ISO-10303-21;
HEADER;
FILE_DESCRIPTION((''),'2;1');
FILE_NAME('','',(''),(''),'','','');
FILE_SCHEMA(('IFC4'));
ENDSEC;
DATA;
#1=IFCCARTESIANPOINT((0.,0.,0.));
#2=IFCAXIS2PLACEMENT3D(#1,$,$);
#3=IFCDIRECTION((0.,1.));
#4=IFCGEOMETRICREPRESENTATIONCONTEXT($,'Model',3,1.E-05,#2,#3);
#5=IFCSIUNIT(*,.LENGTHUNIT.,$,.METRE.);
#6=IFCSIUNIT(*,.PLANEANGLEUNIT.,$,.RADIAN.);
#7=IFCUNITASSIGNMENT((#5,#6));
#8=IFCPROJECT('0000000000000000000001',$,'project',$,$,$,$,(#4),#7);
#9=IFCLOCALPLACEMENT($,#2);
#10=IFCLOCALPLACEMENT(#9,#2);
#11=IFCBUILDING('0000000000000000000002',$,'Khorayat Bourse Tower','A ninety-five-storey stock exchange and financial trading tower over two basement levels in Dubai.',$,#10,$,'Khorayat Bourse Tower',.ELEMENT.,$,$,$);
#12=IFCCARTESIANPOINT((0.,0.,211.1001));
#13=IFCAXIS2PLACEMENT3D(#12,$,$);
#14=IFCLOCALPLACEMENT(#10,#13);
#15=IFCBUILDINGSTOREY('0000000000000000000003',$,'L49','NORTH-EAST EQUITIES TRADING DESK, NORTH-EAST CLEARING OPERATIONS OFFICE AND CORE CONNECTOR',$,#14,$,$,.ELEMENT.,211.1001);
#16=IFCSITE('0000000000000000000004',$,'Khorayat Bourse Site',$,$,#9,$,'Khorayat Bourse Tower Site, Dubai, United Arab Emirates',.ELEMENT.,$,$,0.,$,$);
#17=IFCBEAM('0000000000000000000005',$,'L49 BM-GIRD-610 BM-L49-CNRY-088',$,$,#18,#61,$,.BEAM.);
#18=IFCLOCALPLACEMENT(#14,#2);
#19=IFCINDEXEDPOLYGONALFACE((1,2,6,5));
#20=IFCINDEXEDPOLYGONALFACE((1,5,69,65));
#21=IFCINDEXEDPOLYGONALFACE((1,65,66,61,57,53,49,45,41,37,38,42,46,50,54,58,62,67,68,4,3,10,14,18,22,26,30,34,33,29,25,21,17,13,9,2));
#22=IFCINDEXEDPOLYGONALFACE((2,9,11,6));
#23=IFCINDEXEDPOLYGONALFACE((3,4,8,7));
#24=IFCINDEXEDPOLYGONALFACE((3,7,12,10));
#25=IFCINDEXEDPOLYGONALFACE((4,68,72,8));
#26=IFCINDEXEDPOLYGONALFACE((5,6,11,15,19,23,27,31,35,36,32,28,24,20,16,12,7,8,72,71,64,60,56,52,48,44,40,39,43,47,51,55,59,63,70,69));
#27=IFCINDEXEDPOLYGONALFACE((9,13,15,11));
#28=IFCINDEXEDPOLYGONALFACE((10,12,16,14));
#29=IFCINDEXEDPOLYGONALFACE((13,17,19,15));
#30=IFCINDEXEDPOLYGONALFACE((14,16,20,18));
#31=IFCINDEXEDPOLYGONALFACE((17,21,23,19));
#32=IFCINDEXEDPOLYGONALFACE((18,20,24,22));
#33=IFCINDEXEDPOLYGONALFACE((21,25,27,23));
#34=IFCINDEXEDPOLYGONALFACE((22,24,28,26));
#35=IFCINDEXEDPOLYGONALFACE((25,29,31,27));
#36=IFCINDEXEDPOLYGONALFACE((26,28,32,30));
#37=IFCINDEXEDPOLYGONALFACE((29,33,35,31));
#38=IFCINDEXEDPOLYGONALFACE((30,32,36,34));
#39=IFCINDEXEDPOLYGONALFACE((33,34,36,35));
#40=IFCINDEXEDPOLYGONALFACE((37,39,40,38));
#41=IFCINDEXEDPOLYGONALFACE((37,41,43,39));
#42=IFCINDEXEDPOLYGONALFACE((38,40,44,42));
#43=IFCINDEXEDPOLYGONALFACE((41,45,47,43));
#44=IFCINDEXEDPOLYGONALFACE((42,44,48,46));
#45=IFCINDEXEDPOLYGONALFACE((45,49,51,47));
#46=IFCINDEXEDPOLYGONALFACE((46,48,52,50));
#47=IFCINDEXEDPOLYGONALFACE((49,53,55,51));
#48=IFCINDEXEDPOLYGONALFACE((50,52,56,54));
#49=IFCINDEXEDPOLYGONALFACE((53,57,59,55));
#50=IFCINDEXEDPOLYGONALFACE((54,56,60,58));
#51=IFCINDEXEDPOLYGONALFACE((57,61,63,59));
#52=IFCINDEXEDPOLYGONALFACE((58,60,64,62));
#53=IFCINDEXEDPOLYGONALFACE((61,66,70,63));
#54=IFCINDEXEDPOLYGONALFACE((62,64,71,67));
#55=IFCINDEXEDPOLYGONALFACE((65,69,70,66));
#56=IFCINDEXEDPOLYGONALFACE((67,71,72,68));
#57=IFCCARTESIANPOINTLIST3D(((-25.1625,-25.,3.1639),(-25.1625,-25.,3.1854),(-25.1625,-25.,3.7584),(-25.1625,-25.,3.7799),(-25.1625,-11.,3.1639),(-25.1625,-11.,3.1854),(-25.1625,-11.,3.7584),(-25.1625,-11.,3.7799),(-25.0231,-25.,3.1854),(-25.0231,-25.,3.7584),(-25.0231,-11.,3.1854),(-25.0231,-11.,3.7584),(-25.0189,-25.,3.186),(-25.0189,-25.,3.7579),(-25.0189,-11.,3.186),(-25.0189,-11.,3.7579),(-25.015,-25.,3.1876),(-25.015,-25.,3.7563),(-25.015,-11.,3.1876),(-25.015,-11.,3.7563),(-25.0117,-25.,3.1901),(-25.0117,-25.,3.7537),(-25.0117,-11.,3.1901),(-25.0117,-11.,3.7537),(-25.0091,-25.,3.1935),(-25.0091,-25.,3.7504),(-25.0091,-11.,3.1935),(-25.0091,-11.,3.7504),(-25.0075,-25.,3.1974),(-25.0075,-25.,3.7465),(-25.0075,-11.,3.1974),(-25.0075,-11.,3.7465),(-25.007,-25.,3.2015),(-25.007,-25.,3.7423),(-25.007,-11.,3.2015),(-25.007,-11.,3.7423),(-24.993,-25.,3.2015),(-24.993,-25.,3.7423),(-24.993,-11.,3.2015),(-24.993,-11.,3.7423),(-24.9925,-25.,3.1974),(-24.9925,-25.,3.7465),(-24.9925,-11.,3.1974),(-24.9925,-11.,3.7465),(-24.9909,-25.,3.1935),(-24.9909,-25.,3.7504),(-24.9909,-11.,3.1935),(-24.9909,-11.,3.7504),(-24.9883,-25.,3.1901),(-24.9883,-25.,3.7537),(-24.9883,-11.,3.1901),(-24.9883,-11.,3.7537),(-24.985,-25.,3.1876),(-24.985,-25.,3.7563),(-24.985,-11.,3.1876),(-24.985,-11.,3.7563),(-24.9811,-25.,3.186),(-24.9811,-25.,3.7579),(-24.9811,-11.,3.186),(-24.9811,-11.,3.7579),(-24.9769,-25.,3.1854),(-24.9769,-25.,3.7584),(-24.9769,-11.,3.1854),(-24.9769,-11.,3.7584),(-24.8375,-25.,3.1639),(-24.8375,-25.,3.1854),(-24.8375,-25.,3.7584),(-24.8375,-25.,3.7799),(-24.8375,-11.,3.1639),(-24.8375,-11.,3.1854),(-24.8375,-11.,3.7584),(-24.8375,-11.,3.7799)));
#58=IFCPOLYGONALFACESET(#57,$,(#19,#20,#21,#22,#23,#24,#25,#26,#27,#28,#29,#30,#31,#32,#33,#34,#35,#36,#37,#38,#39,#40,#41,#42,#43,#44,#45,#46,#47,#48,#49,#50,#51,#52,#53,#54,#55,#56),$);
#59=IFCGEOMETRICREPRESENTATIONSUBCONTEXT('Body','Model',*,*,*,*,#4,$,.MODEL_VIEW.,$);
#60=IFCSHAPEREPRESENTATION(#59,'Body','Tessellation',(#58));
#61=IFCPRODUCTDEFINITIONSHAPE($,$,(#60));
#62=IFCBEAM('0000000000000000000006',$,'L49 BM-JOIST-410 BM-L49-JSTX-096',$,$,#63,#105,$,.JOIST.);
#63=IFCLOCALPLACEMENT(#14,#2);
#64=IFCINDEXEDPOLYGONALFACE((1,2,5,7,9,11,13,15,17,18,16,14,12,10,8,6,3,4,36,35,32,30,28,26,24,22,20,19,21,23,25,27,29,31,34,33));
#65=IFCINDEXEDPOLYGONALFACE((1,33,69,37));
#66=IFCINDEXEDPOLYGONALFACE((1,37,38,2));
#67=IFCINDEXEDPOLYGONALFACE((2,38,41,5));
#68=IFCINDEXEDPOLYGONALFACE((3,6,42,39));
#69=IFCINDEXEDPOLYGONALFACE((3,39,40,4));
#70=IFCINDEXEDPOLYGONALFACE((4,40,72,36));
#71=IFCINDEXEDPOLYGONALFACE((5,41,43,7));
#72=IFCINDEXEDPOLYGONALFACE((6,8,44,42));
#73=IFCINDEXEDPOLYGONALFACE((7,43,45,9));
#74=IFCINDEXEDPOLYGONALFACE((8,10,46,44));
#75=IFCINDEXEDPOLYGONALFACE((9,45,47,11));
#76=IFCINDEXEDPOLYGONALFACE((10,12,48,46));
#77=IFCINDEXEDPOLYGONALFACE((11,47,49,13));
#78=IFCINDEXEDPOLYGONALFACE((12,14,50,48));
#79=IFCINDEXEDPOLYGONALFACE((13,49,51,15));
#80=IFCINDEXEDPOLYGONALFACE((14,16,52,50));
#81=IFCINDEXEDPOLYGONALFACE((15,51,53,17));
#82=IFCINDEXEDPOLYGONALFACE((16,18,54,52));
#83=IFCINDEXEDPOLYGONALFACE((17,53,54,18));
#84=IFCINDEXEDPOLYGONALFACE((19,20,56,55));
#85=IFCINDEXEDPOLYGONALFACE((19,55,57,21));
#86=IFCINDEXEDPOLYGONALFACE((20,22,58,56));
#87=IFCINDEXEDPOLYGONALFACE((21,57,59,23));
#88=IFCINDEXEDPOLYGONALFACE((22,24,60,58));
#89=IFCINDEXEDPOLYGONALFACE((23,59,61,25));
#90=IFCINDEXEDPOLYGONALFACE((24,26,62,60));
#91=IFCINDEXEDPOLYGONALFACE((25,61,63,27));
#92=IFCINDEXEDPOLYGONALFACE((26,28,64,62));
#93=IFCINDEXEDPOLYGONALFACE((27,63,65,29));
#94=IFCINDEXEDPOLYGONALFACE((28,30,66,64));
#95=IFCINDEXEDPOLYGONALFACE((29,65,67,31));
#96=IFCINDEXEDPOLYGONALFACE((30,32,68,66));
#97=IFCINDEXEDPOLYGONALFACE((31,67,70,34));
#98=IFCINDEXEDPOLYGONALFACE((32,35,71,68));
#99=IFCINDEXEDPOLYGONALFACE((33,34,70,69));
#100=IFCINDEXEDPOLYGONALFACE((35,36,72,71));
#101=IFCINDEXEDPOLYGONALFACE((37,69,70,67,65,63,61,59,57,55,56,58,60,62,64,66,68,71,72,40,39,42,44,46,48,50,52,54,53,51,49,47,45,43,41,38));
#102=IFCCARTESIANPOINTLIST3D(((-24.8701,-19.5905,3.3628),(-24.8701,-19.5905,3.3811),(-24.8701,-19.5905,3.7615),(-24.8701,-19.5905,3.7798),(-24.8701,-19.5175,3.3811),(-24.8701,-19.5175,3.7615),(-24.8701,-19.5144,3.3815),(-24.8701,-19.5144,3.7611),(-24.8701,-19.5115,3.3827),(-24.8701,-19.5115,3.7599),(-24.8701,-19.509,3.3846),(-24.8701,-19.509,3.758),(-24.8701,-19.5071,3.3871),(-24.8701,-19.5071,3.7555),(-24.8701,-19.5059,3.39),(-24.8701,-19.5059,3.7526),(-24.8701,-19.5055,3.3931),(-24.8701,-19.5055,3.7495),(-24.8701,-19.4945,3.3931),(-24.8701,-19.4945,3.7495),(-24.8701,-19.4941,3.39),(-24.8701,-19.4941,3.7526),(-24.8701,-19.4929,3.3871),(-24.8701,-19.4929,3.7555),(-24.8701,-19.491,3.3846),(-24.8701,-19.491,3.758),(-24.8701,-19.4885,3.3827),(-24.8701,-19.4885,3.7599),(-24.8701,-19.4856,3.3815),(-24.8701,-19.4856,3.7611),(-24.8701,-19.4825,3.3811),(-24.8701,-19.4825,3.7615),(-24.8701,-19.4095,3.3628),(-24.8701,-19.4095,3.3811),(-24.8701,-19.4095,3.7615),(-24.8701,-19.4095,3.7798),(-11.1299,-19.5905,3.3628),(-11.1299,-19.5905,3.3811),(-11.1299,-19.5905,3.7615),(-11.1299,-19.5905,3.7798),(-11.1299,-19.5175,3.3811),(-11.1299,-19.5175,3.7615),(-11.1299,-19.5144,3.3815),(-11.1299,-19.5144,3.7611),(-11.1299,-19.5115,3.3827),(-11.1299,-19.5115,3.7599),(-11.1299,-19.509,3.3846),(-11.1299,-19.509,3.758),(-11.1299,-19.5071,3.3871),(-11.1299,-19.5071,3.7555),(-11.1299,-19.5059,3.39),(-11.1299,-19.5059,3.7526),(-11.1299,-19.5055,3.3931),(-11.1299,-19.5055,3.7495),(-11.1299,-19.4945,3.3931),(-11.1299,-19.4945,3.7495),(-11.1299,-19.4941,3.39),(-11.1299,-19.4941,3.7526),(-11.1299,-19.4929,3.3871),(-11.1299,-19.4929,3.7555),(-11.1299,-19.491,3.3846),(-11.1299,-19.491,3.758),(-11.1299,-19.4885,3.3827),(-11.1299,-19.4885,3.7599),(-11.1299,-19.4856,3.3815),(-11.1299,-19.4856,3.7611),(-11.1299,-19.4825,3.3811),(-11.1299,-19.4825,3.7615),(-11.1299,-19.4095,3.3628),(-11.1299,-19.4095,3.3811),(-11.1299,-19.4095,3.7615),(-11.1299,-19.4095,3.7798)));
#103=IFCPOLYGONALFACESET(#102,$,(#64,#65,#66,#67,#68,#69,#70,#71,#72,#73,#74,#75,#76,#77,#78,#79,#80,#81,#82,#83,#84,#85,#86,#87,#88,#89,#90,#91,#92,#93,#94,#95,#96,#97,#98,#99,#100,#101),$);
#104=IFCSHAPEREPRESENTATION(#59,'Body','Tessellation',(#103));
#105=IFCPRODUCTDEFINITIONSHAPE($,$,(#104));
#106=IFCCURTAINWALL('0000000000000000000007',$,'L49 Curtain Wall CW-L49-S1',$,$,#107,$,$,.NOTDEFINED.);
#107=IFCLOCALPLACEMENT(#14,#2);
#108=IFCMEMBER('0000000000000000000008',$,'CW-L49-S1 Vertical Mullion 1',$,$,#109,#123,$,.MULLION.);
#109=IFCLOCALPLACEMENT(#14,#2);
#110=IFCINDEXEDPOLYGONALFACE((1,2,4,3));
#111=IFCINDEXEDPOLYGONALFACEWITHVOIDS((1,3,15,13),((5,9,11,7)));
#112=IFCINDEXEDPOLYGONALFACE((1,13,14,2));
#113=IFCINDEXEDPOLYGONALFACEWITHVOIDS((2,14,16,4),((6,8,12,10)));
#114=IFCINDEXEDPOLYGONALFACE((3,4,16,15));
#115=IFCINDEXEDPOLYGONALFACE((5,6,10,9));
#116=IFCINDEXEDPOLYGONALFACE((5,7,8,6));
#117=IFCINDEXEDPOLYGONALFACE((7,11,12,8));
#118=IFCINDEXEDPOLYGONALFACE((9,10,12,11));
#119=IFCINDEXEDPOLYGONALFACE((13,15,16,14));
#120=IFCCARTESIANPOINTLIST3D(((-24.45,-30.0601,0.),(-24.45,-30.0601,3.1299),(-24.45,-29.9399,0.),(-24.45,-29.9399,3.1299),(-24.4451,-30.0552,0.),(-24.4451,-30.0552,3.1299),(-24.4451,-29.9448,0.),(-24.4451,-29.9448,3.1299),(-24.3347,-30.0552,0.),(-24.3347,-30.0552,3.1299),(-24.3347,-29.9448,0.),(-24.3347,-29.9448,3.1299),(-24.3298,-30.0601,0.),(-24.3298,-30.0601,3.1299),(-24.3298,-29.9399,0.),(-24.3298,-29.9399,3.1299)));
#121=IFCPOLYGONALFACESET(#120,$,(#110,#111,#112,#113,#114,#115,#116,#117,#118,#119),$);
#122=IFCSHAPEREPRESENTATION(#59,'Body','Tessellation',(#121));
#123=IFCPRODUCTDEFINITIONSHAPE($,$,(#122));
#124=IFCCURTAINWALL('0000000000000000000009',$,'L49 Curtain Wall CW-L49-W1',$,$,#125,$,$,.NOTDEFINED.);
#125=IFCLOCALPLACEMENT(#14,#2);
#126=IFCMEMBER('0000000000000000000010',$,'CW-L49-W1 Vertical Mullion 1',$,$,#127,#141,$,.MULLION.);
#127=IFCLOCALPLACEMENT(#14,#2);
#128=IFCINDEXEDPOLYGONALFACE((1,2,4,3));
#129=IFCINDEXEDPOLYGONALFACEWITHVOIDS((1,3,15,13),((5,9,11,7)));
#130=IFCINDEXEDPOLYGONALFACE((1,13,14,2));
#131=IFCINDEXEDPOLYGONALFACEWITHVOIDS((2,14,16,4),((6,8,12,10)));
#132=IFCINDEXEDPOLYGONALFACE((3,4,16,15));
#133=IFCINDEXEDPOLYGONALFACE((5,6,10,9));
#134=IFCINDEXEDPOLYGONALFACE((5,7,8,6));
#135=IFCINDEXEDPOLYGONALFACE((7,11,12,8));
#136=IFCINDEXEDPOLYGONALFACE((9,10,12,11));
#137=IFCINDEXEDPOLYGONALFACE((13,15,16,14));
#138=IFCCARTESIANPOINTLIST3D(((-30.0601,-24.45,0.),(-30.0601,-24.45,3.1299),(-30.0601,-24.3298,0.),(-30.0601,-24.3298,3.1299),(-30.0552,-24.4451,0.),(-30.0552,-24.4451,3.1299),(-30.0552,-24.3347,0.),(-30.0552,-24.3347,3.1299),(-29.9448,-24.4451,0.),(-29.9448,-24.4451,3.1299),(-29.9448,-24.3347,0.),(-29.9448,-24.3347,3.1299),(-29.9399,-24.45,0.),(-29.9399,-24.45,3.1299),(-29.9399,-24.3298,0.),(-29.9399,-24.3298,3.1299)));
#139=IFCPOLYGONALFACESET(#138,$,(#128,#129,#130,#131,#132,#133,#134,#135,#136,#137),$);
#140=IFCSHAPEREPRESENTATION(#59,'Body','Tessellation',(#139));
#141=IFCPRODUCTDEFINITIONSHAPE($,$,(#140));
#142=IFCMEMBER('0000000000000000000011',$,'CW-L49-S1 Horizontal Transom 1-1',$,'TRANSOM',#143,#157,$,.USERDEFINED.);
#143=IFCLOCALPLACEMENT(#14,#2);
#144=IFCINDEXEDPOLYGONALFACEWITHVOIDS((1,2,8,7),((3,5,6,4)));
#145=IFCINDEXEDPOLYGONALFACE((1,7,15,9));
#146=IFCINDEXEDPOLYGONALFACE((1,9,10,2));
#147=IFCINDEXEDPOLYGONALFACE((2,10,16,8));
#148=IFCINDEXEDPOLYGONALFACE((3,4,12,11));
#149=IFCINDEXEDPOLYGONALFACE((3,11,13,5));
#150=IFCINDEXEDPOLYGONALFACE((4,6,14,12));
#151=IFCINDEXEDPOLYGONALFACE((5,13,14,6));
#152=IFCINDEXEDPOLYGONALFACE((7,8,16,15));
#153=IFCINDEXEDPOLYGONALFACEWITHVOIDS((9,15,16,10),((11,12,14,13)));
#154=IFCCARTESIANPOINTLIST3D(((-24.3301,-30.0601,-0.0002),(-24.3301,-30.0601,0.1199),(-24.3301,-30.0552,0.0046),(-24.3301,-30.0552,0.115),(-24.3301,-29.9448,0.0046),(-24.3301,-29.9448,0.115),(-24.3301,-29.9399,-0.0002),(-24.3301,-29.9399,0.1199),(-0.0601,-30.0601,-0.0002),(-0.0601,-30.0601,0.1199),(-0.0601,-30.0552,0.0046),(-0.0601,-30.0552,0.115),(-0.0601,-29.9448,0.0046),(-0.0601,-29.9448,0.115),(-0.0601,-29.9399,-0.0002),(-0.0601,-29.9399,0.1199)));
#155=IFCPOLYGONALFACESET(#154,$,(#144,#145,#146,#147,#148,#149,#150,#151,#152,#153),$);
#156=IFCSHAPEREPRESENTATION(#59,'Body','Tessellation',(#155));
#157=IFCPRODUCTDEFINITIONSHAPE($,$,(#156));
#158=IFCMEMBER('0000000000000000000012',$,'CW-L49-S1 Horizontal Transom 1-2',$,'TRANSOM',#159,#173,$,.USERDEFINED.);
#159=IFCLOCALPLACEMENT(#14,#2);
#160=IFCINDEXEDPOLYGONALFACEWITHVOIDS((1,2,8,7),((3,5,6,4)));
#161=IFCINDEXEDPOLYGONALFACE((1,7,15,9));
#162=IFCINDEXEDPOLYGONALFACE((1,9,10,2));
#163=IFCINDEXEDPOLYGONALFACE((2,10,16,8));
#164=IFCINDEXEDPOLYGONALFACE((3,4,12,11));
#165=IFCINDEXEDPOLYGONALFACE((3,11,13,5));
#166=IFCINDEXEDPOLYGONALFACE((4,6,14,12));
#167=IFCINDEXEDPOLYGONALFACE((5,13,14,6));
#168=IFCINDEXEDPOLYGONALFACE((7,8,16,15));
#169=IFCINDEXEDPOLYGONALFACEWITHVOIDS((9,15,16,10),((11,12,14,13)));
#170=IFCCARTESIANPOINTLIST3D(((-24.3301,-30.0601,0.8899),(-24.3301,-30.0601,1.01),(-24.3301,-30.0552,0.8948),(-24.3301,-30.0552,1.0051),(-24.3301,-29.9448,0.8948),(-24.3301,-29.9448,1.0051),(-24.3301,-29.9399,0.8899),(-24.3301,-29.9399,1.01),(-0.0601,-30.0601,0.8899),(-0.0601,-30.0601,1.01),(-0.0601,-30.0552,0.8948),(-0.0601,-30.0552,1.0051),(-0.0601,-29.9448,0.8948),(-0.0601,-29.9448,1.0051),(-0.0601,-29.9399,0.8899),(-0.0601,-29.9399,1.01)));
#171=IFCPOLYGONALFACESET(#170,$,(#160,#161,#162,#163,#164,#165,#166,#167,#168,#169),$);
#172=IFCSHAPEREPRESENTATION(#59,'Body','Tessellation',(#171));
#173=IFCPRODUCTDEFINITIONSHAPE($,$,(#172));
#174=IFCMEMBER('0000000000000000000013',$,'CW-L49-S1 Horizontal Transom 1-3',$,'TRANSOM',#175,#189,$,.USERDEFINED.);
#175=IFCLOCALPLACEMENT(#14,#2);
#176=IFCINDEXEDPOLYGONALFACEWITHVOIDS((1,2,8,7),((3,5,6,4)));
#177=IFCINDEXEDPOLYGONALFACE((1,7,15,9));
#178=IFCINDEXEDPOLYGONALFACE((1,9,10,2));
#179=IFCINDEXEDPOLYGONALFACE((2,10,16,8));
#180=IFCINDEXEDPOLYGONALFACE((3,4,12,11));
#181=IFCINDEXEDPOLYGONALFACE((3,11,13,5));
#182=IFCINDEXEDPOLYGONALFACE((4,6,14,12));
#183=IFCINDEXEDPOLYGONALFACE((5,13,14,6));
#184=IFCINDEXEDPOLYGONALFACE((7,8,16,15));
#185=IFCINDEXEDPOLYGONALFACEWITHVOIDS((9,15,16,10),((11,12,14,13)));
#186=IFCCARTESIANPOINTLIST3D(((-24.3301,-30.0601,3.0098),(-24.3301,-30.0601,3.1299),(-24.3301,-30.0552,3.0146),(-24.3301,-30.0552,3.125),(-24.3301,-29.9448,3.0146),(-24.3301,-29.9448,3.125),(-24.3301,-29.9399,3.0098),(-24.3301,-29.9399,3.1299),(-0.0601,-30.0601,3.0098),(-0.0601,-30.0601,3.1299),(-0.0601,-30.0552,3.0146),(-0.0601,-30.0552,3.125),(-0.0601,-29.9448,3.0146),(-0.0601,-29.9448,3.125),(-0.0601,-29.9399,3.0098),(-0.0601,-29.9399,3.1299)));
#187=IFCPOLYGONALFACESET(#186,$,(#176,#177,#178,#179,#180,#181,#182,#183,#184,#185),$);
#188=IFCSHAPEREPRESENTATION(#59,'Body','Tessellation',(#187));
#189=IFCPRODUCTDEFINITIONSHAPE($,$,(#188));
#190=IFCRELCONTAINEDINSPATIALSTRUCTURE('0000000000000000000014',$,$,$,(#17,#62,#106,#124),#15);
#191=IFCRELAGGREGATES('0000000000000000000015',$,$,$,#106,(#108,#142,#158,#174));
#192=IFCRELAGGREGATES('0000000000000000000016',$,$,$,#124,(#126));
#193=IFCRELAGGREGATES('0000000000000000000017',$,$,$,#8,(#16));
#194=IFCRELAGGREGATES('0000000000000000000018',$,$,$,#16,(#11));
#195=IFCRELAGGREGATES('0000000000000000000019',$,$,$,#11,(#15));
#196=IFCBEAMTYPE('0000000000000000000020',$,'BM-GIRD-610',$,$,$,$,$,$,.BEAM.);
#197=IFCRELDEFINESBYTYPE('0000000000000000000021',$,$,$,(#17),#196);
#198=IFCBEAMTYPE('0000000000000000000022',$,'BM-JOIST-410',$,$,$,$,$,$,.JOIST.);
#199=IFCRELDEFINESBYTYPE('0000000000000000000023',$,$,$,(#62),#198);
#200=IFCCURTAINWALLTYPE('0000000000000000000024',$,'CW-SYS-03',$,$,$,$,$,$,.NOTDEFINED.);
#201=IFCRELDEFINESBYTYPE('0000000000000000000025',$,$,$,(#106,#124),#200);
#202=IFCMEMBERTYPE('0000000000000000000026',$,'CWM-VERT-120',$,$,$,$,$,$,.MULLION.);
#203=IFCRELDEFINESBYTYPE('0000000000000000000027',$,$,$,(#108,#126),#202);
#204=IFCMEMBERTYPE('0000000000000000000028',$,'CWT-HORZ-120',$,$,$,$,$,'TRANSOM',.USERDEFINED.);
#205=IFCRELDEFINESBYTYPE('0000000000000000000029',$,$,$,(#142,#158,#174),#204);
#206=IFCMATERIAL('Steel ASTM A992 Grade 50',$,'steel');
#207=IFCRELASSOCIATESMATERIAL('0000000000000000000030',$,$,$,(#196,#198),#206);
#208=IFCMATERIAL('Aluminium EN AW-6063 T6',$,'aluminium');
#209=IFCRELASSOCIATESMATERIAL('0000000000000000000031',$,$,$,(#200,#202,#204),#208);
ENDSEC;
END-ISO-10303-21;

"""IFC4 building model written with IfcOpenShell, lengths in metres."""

from ifc_helpers import new_model, si_unit, direction, frame, origin, origin_2d, place, context, subcontext, project, spatial, hollow_rectangle, i_section, extrude, source, transform, mapped, material, material_profile, profile_set, type_object, element, aggregate, save


model = new_model("IFC4")

# Units and contexts
model_context = context("Model", 3, precision=1e-05, world=origin(), true_north=direction((0.0, 1.0)))
body_context = subcontext(model_context, "Body", "Model", "MODEL_VIEW")
ifc_project = project(units=[si_unit("LENGTHUNIT", "METRE"), si_unit("PLANEANGLEUNIT", "RADIAN")], contexts=[model_context])

# Site, building, storey
site_placement = place(None, origin())
site = spatial("IfcSite", under=ifc_project, at=site_placement, Name="Khorayat Bourse Site", LongName="Khorayat Bourse Tower Site, Dubai, United Arab Emirates", CompositionType="ELEMENT", RefElevation=0.0)
building_placement = place(site_placement, origin())
building = spatial("IfcBuilding", under=site, at=building_placement, Name="Khorayat Bourse Tower", Description="A ninety-five-storey stock exchange and financial trading tower over two basement levels in Dubai.", LongName="Khorayat Bourse Tower", CompositionType="ELEMENT")
storey_placement = place(building_placement, frame((0.0, 0.0, 211.1001)))
storey = spatial("IfcBuildingStorey", under=building, at=storey_placement, Name="L49", Description="NORTH-EAST EQUITIES TRADING DESK, NORTH-EAST CLEARING OPERATIONS OFFICE AND CORE CONNECTOR", CompositionType="ELEMENT", Elevation=211.1001)

# Beams
ifc_material_1 = material(Name="Steel ASTM A992 Grade 50", Category="steel")
ifc_material_profile_1 = material_profile(ifc_material_1, i_section(OverallWidth=0.325, OverallDepth=0.616, WebThickness=0.0139, FlangeThickness=0.0215, FilletRadius=0.0161, at=origin_2d()), Name="W610X174")
ifc_profile_set_1 = profile_set([ifc_material_profile_1], Name="Steel ASTM A992 Grade 50")
beam_type_1 = type_object("IfcBeamType", Name="BM-GIRD-610", PredefinedType="BEAM", material=ifc_profile_set_1)
shared_shape_1 = source(origin(), body_context, "Body", "SweptSolid", [
    extrude(i_section(OverallWidth=0.325, OverallDepth=0.616, WebThickness=0.0139, FlangeThickness=0.0215, FilletRadius=0.0161, at=origin_2d()), origin(), (0.0, 0.0, 1.0), 14.0),
])
beam_1_placement = place(storey_placement, frame((-25.0, -25.0, 3.4719), z_axis=(0.0, 1.0, 0.0), x_axis=(-1.0, 0.0, 0.0)))
element("IfcBeam", 1, at=beam_1_placement, inside=storey, type_object=beam_type_1, Name="L49 BM-GIRD-610 BM-L49-CNRY-088", PredefinedType="BEAM", context=body_context, shape_type="MappedRepresentation", body=[
    mapped(shared_shape_1, transform((0.0, 0.0, 0.0), scale=1.0)),
])
ifc_material_profile_2 = material_profile(ifc_material_1, i_section(OverallWidth=0.1809, OverallDepth=0.417, WebThickness=0.011, FlangeThickness=0.0183, FilletRadius=0.012, at=origin_2d()), Name="W410X85")
ifc_profile_set_2 = profile_set([ifc_material_profile_2], Name="Steel ASTM A992 Grade 50")
beam_type_2 = type_object("IfcBeamType", Name="BM-JOIST-410", PredefinedType="JOIST", material=ifc_profile_set_2)
shared_shape_2 = source(origin(), body_context, "Body", "SweptSolid", [
    extrude(i_section(OverallWidth=0.1809, OverallDepth=0.417, WebThickness=0.011, FlangeThickness=0.0183, FilletRadius=0.012, at=origin_2d()), origin(), (0.0, 0.0, 1.0), 13.7402),
])
beam_2_placement = place(storey_placement, frame((-24.8701, -19.5, 3.5713), z_axis=(1.0, 0.0, 0.0), x_axis=(0.0, 1.0, 0.0)))
element("IfcBeam", 2, at=beam_2_placement, inside=storey, type_object=beam_type_2, Name="L49 BM-JOIST-410 BM-L49-JSTX-096", PredefinedType="JOIST", context=body_context, shape_type="MappedRepresentation", body=[
    mapped(shared_shape_2, transform((0.0, 0.0, 0.0), scale=1.0)),
])

# Curtain walls, members
ifc_material_2 = material(Name="Aluminium EN AW-6063 T6", Category="aluminium")
curtain_wall_type = type_object("IfcCurtainWallType", Name="CW-SYS-03", PredefinedType="NOTDEFINED", material=ifc_material_2)
curtain_wall_1_placement = place(storey_placement, origin())
curtain_wall_1 = element("IfcCurtainWall", 3, at=curtain_wall_1_placement, inside=storey, type_object=curtain_wall_type, Name="L49 Curtain Wall CW-L49-S1", PredefinedType="NOTDEFINED")
ifc_material_profile_3 = material_profile(ifc_material_2, hollow_rectangle(XDim=0.1201, YDim=0.1201, WallThickness=0.0049, at=origin_2d()), Name="ALU 120x120x5")
ifc_profile_set_3 = profile_set([ifc_material_profile_3], Name="Aluminium EN AW-6063 T6")
member_type_1 = type_object("IfcMemberType", Name="CWM-VERT-120", PredefinedType="MULLION", material=ifc_profile_set_3)
shared_shape_3 = source(origin(), body_context, "Body", "SweptSolid", [
    extrude(hollow_rectangle(XDim=0.1201, YDim=0.1201, WallThickness=0.0049, at=origin_2d()), origin(), (0.0, 0.0, 1.0), 3.1299),
])
member_1_placement = place(storey_placement, frame((-24.3899, -30.0, 0.0), z_axis=(0.0, 0.0, 1.0), x_axis=(0.0, 1.0, 0.0)))
member_1 = element("IfcMember", 4, at=member_1_placement, type_object=member_type_1, Name="CW-L49-S1 Vertical Mullion 1", PredefinedType="MULLION", context=body_context, shape_type="MappedRepresentation", body=[
    mapped(shared_shape_3, transform((0.0, 0.0, 0.0), scale=1.0)),
])
curtain_wall_2_placement = place(storey_placement, origin())
curtain_wall_2 = element("IfcCurtainWall", 5, at=curtain_wall_2_placement, inside=storey, type_object=curtain_wall_type, Name="L49 Curtain Wall CW-L49-W1", PredefinedType="NOTDEFINED")
member_2_placement = place(storey_placement, frame((-30.0, -24.3899, 0.0), z_axis=(0.0, 0.0, 1.0), x_axis=(-1.0, 0.0, 0.0)))
member_2 = element("IfcMember", 6, at=member_2_placement, type_object=member_type_1, Name="CW-L49-W1 Vertical Mullion 1", PredefinedType="MULLION", context=body_context, shape_type="MappedRepresentation", body=[
    mapped(shared_shape_3, transform((0.0, 0.0, 0.0), scale=1.0)),
])

# Members
ifc_material_profile_4 = material_profile(ifc_material_2, hollow_rectangle(XDim=0.1201, YDim=0.1201, WallThickness=0.0049, at=origin_2d()), Name="ALU 120x120x5")
ifc_profile_set_4 = profile_set([ifc_material_profile_4], Name="Aluminium EN AW-6063 T6")
member_type_2 = type_object("IfcMemberType", Name="CWT-HORZ-120", ElementType="TRANSOM", PredefinedType="USERDEFINED", material=ifc_profile_set_4)
shared_shape_4 = source(origin(), body_context, "Body", "SweptSolid", [
    extrude(hollow_rectangle(XDim=0.1201, YDim=0.1201, WallThickness=0.0049, at=origin_2d()), origin(), (0.0, 0.0, 1.0), 24.27),
])
member_3_placement = place(storey_placement, frame((-24.3301, -30.0, 0.0598), z_axis=(1.0, 0.0, 0.0), x_axis=(0.0, 1.0, 0.0)))
member_3 = element("IfcMember", 7, at=member_3_placement, type_object=member_type_2, Name="CW-L49-S1 Horizontal Transom 1-1", ObjectType="TRANSOM", PredefinedType="USERDEFINED", context=body_context, shape_type="MappedRepresentation", body=[
    mapped(shared_shape_4, transform((0.0, 0.0, 0.0), scale=1.0)),
])
member_4_placement = place(storey_placement, frame((-24.3301, -30.0, 0.95), z_axis=(1.0, 0.0, 0.0), x_axis=(0.0, 1.0, 0.0)))
member_4 = element("IfcMember", 8, at=member_4_placement, type_object=member_type_2, Name="CW-L49-S1 Horizontal Transom 1-2", ObjectType="TRANSOM", PredefinedType="USERDEFINED", context=body_context, shape_type="MappedRepresentation", body=[
    mapped(shared_shape_4, transform((0.0, 0.0, 0.0), scale=1.0)),
])
member_5_placement = place(storey_placement, frame((-24.3301, -30.0, 3.0698), z_axis=(1.0, 0.0, 0.0), x_axis=(0.0, 1.0, 0.0)))
member_5 = element("IfcMember", 9, at=member_5_placement, type_object=member_type_2, Name="CW-L49-S1 Horizontal Transom 1-3", ObjectType="TRANSOM", PredefinedType="USERDEFINED", context=body_context, shape_type="MappedRepresentation", body=[
    mapped(shared_shape_4, transform((0.0, 0.0, 0.0), scale=1.0)),
])
aggregate(curtain_wall_1, [member_1, member_3, member_4, member_5])
aggregate(curtain_wall_2, [member_2])

save(model, "model.ifc")
